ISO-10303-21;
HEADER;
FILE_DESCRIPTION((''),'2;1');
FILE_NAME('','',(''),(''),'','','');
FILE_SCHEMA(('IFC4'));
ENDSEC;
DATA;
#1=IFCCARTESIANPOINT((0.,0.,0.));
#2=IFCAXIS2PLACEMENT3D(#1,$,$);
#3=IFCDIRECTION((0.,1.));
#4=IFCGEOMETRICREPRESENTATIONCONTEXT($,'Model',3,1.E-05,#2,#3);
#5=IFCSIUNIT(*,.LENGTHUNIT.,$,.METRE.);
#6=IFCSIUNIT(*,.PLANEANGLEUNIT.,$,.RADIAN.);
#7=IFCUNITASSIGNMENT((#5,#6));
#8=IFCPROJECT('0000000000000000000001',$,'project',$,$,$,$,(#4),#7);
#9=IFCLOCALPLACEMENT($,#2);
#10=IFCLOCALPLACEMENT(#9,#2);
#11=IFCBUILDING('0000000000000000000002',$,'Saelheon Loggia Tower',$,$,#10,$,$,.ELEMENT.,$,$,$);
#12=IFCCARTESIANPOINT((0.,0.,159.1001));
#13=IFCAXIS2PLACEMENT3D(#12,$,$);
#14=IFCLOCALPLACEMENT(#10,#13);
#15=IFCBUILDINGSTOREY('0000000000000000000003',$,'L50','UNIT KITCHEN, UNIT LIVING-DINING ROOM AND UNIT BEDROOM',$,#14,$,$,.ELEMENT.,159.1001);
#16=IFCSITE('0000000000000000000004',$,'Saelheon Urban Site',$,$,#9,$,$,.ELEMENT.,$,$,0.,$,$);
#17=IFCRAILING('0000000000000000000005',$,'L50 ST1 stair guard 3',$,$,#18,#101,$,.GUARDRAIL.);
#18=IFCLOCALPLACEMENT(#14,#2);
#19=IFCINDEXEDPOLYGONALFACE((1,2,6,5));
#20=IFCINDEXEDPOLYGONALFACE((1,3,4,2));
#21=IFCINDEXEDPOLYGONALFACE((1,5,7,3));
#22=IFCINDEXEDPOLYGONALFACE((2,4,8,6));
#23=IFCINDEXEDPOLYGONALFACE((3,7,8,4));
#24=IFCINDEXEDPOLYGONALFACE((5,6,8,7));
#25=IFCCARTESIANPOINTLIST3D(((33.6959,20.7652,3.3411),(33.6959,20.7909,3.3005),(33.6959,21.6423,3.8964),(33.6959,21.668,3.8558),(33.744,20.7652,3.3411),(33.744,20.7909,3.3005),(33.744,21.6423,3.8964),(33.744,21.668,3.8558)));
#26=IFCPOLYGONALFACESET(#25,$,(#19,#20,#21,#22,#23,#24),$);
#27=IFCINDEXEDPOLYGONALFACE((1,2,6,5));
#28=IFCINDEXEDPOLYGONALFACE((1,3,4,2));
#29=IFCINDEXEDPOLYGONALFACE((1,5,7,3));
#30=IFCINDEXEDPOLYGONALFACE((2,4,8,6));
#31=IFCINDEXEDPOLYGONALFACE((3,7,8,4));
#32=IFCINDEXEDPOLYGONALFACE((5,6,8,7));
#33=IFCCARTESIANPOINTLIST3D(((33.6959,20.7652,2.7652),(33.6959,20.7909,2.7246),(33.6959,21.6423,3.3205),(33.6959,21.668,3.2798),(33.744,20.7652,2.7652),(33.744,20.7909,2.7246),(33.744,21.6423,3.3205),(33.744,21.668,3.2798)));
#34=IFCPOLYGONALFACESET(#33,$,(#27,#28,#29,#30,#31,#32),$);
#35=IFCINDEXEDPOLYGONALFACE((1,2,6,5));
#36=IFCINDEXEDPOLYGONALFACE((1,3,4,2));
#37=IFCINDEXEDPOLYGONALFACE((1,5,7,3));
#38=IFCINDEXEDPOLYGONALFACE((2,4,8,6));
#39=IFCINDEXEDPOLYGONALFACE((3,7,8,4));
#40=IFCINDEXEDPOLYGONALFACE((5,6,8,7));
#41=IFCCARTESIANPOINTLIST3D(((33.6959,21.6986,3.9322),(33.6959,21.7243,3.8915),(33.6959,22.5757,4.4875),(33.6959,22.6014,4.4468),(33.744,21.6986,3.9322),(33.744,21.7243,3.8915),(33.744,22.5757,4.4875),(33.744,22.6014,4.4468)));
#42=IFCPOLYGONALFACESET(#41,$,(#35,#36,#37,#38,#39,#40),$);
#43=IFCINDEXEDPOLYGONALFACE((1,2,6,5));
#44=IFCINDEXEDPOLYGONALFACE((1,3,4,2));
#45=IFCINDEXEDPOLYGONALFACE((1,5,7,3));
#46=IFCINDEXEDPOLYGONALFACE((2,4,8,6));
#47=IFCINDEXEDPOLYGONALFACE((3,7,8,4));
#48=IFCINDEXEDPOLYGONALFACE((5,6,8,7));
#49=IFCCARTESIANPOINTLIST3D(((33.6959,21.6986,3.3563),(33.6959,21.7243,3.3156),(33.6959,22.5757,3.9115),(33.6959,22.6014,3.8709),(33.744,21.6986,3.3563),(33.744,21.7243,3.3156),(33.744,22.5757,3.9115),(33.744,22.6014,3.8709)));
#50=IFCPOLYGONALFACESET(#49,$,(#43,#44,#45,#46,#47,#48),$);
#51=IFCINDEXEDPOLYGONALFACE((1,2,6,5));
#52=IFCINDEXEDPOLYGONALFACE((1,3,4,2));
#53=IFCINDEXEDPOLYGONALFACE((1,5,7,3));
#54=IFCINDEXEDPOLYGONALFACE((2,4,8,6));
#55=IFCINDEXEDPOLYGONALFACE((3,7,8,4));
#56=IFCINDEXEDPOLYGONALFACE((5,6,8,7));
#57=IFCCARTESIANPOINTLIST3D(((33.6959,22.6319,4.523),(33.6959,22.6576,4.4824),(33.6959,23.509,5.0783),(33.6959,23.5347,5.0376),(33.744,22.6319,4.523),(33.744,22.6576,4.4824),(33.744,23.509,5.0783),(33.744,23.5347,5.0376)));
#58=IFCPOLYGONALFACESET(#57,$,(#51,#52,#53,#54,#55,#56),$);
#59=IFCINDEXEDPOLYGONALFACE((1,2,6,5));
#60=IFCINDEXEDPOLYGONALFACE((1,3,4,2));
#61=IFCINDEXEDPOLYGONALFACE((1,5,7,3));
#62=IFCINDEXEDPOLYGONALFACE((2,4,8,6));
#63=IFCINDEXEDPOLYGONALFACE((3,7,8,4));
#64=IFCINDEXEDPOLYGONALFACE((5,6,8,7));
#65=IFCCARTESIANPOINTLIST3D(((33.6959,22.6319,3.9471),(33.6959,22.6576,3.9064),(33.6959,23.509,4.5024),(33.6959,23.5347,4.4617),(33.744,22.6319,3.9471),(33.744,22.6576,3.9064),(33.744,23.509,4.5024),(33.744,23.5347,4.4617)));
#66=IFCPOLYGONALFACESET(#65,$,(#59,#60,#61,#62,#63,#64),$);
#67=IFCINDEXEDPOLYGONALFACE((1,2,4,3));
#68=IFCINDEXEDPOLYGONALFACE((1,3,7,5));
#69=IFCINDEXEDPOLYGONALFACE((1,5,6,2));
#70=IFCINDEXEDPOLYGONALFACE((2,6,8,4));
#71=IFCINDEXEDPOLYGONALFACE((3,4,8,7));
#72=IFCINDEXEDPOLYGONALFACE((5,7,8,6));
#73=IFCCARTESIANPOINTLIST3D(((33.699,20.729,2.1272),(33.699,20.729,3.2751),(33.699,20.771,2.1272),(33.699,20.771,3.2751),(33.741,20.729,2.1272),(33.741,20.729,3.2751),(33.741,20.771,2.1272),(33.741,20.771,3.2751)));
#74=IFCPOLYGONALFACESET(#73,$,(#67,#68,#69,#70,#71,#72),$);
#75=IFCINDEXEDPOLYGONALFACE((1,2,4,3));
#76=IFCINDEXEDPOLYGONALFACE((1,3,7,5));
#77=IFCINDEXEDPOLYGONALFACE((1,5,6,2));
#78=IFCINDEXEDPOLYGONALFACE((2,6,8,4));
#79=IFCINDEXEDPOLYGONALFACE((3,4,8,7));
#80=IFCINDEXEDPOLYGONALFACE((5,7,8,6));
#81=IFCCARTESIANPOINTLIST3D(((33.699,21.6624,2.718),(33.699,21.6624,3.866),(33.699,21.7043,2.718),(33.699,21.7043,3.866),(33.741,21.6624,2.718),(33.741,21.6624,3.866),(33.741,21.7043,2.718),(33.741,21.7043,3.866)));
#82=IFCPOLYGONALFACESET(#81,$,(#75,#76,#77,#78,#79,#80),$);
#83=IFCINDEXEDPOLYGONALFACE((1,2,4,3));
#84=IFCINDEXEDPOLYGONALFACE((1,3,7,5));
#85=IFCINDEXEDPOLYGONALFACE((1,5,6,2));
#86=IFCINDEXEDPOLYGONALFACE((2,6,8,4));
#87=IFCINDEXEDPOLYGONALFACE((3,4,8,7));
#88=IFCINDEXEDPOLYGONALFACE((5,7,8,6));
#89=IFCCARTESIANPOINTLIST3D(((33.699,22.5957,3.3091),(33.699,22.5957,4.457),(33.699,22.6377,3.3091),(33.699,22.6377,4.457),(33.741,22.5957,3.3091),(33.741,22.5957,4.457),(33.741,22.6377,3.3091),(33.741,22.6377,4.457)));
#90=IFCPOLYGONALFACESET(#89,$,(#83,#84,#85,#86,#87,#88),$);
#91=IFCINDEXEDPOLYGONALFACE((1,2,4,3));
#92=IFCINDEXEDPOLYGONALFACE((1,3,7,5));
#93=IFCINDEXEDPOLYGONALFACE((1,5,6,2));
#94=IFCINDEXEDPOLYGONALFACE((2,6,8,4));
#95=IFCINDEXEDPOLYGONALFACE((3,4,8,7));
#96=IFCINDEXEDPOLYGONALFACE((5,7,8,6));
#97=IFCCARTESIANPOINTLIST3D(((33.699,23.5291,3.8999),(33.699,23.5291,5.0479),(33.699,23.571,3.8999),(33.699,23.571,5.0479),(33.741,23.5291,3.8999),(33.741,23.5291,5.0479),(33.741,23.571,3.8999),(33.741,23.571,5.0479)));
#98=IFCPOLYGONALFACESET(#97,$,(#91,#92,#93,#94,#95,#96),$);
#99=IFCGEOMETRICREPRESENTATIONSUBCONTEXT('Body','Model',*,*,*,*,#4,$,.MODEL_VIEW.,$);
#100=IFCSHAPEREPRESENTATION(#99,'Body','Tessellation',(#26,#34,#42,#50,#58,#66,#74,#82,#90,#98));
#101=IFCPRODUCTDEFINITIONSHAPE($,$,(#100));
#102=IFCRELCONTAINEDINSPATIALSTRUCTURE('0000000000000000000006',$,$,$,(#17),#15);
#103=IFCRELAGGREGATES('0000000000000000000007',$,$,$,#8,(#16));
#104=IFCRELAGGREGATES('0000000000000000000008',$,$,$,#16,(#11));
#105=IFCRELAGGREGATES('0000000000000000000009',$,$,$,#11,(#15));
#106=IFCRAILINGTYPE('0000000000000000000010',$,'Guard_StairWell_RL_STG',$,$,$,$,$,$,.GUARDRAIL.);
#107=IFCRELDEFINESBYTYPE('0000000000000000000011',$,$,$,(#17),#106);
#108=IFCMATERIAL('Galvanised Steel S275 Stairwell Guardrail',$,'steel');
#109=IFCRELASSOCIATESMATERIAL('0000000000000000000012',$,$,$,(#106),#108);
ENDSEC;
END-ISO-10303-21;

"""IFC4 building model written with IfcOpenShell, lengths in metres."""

from ifc_helpers import new_model, si_unit, direction, frame, origin, origin_2d, place, context, subcontext, project, spatial, rectangle, extrude, material, type_object, element, save


model = new_model("IFC4")

# Units and contexts
model_context = context("Model", 3, precision=1e-05, world=origin(), true_north=direction((0.0, 1.0)))
body_context = subcontext(model_context, "Body", "Model", "MODEL_VIEW")
ifc_project = project(units=[si_unit("LENGTHUNIT", "METRE"), si_unit("PLANEANGLEUNIT", "RADIAN")], contexts=[model_context])

# Site, building, storey
site_placement = place(None, origin())
site = spatial("IfcSite", under=ifc_project, at=site_placement, Name="Saelheon Urban Site", CompositionType="ELEMENT", RefElevation=0.0)
building_placement = place(site_placement, origin())
building = spatial("IfcBuilding", under=site, at=building_placement, Name="Saelheon Loggia Tower", CompositionType="ELEMENT")
storey_placement = place(building_placement, frame((0.0, 0.0, 159.1001)))
storey = spatial("IfcBuildingStorey", under=building, at=storey_placement, Name="L50", Description="UNIT KITCHEN, UNIT LIVING-DINING ROOM AND UNIT BEDROOM", CompositionType="ELEMENT", Elevation=159.1001)

# Railing
ifc_material_1 = material(Name="Galvanised Steel S275 Stairwell Guardrail", Category="steel")
railing_type = type_object("IfcRailingType", Name="Guard_StairWell_RL_STG", PredefinedType="GUARDRAIL", material=ifc_material_1)
railing_1_placement = place(storey_placement, frame((33.72, 20.75, 2.1272)))
element("IfcRailing", 1, at=railing_1_placement, inside=storey, type_object=railing_type, Name="L50 ST1 stair guard 3", PredefinedType="GUARDRAIL", context=body_context, shape_type="SweptSolid", body=[
    extrude(rectangle(XDim=0.0481, YDim=0.0481, at=origin_2d()), frame((0.0, 0.0281, 1.1936), z_axis=(0.0, 0.844909, 0.53491), x_axis=(-1.0, 0.0, 0.0)), (0.0, 0.0, 1.0), 1.0381),
    extrude(rectangle(XDim=0.0481, YDim=0.0481, at=origin_2d()), frame((0.0, 0.0281, 0.6177), z_axis=(0.0, 0.844909, 0.53491), x_axis=(-1.0, 0.0, 0.0)), (0.0, 0.0, 1.0), 1.0381),
    extrude(rectangle(XDim=0.0481, YDim=0.0481, at=origin_2d()), frame((0.0, 0.9614, 1.7847), z_axis=(0.0, 0.844909, 0.53491), x_axis=(-1.0, 0.0, 0.0)), (0.0, 0.0, 1.0), 1.0381),
    extrude(rectangle(XDim=0.0481, YDim=0.0481, at=origin_2d()), frame((0.0, 0.9614, 1.2087), z_axis=(0.0, 0.844909, 0.53491), x_axis=(-1.0, 0.0, 0.0)), (0.0, 0.0, 1.0), 1.0381),
    extrude(rectangle(XDim=0.0481, YDim=0.0481, at=origin_2d()), frame((0.0, 1.8948, 2.3755), z_axis=(0.0, 0.844909, 0.53491), x_axis=(-1.0, 0.0, 0.0)), (0.0, 0.0, 1.0), 1.0381),
    extrude(rectangle(XDim=0.0481, YDim=0.0481, at=origin_2d()), frame((0.0, 1.8948, 1.7996), z_axis=(0.0, 0.844909, 0.53491), x_axis=(-1.0, 0.0, 0.0)), (0.0, 0.0, 1.0), 1.0381),
    extrude(rectangle(XDim=0.042, YDim=0.042, at=origin_2d()), origin(), (0.0, 0.0, 1.0), 1.1479),
    extrude(rectangle(XDim=0.042, YDim=0.042, at=origin_2d()), frame((0.0, 0.9333, 0.5908)), (0.0, 0.0, 1.0), 1.1479),
    extrude(rectangle(XDim=0.042, YDim=0.042, at=origin_2d()), frame((0.0, 1.8667, 1.1819)), (0.0, 0.0, 1.0), 1.1479),
    extrude(rectangle(XDim=0.042, YDim=0.042, at=origin_2d()), frame((0.0, 2.8, 1.7727)), (0.0, 0.0, 1.0), 1.1479),
])

save(model, "model.ifc")
